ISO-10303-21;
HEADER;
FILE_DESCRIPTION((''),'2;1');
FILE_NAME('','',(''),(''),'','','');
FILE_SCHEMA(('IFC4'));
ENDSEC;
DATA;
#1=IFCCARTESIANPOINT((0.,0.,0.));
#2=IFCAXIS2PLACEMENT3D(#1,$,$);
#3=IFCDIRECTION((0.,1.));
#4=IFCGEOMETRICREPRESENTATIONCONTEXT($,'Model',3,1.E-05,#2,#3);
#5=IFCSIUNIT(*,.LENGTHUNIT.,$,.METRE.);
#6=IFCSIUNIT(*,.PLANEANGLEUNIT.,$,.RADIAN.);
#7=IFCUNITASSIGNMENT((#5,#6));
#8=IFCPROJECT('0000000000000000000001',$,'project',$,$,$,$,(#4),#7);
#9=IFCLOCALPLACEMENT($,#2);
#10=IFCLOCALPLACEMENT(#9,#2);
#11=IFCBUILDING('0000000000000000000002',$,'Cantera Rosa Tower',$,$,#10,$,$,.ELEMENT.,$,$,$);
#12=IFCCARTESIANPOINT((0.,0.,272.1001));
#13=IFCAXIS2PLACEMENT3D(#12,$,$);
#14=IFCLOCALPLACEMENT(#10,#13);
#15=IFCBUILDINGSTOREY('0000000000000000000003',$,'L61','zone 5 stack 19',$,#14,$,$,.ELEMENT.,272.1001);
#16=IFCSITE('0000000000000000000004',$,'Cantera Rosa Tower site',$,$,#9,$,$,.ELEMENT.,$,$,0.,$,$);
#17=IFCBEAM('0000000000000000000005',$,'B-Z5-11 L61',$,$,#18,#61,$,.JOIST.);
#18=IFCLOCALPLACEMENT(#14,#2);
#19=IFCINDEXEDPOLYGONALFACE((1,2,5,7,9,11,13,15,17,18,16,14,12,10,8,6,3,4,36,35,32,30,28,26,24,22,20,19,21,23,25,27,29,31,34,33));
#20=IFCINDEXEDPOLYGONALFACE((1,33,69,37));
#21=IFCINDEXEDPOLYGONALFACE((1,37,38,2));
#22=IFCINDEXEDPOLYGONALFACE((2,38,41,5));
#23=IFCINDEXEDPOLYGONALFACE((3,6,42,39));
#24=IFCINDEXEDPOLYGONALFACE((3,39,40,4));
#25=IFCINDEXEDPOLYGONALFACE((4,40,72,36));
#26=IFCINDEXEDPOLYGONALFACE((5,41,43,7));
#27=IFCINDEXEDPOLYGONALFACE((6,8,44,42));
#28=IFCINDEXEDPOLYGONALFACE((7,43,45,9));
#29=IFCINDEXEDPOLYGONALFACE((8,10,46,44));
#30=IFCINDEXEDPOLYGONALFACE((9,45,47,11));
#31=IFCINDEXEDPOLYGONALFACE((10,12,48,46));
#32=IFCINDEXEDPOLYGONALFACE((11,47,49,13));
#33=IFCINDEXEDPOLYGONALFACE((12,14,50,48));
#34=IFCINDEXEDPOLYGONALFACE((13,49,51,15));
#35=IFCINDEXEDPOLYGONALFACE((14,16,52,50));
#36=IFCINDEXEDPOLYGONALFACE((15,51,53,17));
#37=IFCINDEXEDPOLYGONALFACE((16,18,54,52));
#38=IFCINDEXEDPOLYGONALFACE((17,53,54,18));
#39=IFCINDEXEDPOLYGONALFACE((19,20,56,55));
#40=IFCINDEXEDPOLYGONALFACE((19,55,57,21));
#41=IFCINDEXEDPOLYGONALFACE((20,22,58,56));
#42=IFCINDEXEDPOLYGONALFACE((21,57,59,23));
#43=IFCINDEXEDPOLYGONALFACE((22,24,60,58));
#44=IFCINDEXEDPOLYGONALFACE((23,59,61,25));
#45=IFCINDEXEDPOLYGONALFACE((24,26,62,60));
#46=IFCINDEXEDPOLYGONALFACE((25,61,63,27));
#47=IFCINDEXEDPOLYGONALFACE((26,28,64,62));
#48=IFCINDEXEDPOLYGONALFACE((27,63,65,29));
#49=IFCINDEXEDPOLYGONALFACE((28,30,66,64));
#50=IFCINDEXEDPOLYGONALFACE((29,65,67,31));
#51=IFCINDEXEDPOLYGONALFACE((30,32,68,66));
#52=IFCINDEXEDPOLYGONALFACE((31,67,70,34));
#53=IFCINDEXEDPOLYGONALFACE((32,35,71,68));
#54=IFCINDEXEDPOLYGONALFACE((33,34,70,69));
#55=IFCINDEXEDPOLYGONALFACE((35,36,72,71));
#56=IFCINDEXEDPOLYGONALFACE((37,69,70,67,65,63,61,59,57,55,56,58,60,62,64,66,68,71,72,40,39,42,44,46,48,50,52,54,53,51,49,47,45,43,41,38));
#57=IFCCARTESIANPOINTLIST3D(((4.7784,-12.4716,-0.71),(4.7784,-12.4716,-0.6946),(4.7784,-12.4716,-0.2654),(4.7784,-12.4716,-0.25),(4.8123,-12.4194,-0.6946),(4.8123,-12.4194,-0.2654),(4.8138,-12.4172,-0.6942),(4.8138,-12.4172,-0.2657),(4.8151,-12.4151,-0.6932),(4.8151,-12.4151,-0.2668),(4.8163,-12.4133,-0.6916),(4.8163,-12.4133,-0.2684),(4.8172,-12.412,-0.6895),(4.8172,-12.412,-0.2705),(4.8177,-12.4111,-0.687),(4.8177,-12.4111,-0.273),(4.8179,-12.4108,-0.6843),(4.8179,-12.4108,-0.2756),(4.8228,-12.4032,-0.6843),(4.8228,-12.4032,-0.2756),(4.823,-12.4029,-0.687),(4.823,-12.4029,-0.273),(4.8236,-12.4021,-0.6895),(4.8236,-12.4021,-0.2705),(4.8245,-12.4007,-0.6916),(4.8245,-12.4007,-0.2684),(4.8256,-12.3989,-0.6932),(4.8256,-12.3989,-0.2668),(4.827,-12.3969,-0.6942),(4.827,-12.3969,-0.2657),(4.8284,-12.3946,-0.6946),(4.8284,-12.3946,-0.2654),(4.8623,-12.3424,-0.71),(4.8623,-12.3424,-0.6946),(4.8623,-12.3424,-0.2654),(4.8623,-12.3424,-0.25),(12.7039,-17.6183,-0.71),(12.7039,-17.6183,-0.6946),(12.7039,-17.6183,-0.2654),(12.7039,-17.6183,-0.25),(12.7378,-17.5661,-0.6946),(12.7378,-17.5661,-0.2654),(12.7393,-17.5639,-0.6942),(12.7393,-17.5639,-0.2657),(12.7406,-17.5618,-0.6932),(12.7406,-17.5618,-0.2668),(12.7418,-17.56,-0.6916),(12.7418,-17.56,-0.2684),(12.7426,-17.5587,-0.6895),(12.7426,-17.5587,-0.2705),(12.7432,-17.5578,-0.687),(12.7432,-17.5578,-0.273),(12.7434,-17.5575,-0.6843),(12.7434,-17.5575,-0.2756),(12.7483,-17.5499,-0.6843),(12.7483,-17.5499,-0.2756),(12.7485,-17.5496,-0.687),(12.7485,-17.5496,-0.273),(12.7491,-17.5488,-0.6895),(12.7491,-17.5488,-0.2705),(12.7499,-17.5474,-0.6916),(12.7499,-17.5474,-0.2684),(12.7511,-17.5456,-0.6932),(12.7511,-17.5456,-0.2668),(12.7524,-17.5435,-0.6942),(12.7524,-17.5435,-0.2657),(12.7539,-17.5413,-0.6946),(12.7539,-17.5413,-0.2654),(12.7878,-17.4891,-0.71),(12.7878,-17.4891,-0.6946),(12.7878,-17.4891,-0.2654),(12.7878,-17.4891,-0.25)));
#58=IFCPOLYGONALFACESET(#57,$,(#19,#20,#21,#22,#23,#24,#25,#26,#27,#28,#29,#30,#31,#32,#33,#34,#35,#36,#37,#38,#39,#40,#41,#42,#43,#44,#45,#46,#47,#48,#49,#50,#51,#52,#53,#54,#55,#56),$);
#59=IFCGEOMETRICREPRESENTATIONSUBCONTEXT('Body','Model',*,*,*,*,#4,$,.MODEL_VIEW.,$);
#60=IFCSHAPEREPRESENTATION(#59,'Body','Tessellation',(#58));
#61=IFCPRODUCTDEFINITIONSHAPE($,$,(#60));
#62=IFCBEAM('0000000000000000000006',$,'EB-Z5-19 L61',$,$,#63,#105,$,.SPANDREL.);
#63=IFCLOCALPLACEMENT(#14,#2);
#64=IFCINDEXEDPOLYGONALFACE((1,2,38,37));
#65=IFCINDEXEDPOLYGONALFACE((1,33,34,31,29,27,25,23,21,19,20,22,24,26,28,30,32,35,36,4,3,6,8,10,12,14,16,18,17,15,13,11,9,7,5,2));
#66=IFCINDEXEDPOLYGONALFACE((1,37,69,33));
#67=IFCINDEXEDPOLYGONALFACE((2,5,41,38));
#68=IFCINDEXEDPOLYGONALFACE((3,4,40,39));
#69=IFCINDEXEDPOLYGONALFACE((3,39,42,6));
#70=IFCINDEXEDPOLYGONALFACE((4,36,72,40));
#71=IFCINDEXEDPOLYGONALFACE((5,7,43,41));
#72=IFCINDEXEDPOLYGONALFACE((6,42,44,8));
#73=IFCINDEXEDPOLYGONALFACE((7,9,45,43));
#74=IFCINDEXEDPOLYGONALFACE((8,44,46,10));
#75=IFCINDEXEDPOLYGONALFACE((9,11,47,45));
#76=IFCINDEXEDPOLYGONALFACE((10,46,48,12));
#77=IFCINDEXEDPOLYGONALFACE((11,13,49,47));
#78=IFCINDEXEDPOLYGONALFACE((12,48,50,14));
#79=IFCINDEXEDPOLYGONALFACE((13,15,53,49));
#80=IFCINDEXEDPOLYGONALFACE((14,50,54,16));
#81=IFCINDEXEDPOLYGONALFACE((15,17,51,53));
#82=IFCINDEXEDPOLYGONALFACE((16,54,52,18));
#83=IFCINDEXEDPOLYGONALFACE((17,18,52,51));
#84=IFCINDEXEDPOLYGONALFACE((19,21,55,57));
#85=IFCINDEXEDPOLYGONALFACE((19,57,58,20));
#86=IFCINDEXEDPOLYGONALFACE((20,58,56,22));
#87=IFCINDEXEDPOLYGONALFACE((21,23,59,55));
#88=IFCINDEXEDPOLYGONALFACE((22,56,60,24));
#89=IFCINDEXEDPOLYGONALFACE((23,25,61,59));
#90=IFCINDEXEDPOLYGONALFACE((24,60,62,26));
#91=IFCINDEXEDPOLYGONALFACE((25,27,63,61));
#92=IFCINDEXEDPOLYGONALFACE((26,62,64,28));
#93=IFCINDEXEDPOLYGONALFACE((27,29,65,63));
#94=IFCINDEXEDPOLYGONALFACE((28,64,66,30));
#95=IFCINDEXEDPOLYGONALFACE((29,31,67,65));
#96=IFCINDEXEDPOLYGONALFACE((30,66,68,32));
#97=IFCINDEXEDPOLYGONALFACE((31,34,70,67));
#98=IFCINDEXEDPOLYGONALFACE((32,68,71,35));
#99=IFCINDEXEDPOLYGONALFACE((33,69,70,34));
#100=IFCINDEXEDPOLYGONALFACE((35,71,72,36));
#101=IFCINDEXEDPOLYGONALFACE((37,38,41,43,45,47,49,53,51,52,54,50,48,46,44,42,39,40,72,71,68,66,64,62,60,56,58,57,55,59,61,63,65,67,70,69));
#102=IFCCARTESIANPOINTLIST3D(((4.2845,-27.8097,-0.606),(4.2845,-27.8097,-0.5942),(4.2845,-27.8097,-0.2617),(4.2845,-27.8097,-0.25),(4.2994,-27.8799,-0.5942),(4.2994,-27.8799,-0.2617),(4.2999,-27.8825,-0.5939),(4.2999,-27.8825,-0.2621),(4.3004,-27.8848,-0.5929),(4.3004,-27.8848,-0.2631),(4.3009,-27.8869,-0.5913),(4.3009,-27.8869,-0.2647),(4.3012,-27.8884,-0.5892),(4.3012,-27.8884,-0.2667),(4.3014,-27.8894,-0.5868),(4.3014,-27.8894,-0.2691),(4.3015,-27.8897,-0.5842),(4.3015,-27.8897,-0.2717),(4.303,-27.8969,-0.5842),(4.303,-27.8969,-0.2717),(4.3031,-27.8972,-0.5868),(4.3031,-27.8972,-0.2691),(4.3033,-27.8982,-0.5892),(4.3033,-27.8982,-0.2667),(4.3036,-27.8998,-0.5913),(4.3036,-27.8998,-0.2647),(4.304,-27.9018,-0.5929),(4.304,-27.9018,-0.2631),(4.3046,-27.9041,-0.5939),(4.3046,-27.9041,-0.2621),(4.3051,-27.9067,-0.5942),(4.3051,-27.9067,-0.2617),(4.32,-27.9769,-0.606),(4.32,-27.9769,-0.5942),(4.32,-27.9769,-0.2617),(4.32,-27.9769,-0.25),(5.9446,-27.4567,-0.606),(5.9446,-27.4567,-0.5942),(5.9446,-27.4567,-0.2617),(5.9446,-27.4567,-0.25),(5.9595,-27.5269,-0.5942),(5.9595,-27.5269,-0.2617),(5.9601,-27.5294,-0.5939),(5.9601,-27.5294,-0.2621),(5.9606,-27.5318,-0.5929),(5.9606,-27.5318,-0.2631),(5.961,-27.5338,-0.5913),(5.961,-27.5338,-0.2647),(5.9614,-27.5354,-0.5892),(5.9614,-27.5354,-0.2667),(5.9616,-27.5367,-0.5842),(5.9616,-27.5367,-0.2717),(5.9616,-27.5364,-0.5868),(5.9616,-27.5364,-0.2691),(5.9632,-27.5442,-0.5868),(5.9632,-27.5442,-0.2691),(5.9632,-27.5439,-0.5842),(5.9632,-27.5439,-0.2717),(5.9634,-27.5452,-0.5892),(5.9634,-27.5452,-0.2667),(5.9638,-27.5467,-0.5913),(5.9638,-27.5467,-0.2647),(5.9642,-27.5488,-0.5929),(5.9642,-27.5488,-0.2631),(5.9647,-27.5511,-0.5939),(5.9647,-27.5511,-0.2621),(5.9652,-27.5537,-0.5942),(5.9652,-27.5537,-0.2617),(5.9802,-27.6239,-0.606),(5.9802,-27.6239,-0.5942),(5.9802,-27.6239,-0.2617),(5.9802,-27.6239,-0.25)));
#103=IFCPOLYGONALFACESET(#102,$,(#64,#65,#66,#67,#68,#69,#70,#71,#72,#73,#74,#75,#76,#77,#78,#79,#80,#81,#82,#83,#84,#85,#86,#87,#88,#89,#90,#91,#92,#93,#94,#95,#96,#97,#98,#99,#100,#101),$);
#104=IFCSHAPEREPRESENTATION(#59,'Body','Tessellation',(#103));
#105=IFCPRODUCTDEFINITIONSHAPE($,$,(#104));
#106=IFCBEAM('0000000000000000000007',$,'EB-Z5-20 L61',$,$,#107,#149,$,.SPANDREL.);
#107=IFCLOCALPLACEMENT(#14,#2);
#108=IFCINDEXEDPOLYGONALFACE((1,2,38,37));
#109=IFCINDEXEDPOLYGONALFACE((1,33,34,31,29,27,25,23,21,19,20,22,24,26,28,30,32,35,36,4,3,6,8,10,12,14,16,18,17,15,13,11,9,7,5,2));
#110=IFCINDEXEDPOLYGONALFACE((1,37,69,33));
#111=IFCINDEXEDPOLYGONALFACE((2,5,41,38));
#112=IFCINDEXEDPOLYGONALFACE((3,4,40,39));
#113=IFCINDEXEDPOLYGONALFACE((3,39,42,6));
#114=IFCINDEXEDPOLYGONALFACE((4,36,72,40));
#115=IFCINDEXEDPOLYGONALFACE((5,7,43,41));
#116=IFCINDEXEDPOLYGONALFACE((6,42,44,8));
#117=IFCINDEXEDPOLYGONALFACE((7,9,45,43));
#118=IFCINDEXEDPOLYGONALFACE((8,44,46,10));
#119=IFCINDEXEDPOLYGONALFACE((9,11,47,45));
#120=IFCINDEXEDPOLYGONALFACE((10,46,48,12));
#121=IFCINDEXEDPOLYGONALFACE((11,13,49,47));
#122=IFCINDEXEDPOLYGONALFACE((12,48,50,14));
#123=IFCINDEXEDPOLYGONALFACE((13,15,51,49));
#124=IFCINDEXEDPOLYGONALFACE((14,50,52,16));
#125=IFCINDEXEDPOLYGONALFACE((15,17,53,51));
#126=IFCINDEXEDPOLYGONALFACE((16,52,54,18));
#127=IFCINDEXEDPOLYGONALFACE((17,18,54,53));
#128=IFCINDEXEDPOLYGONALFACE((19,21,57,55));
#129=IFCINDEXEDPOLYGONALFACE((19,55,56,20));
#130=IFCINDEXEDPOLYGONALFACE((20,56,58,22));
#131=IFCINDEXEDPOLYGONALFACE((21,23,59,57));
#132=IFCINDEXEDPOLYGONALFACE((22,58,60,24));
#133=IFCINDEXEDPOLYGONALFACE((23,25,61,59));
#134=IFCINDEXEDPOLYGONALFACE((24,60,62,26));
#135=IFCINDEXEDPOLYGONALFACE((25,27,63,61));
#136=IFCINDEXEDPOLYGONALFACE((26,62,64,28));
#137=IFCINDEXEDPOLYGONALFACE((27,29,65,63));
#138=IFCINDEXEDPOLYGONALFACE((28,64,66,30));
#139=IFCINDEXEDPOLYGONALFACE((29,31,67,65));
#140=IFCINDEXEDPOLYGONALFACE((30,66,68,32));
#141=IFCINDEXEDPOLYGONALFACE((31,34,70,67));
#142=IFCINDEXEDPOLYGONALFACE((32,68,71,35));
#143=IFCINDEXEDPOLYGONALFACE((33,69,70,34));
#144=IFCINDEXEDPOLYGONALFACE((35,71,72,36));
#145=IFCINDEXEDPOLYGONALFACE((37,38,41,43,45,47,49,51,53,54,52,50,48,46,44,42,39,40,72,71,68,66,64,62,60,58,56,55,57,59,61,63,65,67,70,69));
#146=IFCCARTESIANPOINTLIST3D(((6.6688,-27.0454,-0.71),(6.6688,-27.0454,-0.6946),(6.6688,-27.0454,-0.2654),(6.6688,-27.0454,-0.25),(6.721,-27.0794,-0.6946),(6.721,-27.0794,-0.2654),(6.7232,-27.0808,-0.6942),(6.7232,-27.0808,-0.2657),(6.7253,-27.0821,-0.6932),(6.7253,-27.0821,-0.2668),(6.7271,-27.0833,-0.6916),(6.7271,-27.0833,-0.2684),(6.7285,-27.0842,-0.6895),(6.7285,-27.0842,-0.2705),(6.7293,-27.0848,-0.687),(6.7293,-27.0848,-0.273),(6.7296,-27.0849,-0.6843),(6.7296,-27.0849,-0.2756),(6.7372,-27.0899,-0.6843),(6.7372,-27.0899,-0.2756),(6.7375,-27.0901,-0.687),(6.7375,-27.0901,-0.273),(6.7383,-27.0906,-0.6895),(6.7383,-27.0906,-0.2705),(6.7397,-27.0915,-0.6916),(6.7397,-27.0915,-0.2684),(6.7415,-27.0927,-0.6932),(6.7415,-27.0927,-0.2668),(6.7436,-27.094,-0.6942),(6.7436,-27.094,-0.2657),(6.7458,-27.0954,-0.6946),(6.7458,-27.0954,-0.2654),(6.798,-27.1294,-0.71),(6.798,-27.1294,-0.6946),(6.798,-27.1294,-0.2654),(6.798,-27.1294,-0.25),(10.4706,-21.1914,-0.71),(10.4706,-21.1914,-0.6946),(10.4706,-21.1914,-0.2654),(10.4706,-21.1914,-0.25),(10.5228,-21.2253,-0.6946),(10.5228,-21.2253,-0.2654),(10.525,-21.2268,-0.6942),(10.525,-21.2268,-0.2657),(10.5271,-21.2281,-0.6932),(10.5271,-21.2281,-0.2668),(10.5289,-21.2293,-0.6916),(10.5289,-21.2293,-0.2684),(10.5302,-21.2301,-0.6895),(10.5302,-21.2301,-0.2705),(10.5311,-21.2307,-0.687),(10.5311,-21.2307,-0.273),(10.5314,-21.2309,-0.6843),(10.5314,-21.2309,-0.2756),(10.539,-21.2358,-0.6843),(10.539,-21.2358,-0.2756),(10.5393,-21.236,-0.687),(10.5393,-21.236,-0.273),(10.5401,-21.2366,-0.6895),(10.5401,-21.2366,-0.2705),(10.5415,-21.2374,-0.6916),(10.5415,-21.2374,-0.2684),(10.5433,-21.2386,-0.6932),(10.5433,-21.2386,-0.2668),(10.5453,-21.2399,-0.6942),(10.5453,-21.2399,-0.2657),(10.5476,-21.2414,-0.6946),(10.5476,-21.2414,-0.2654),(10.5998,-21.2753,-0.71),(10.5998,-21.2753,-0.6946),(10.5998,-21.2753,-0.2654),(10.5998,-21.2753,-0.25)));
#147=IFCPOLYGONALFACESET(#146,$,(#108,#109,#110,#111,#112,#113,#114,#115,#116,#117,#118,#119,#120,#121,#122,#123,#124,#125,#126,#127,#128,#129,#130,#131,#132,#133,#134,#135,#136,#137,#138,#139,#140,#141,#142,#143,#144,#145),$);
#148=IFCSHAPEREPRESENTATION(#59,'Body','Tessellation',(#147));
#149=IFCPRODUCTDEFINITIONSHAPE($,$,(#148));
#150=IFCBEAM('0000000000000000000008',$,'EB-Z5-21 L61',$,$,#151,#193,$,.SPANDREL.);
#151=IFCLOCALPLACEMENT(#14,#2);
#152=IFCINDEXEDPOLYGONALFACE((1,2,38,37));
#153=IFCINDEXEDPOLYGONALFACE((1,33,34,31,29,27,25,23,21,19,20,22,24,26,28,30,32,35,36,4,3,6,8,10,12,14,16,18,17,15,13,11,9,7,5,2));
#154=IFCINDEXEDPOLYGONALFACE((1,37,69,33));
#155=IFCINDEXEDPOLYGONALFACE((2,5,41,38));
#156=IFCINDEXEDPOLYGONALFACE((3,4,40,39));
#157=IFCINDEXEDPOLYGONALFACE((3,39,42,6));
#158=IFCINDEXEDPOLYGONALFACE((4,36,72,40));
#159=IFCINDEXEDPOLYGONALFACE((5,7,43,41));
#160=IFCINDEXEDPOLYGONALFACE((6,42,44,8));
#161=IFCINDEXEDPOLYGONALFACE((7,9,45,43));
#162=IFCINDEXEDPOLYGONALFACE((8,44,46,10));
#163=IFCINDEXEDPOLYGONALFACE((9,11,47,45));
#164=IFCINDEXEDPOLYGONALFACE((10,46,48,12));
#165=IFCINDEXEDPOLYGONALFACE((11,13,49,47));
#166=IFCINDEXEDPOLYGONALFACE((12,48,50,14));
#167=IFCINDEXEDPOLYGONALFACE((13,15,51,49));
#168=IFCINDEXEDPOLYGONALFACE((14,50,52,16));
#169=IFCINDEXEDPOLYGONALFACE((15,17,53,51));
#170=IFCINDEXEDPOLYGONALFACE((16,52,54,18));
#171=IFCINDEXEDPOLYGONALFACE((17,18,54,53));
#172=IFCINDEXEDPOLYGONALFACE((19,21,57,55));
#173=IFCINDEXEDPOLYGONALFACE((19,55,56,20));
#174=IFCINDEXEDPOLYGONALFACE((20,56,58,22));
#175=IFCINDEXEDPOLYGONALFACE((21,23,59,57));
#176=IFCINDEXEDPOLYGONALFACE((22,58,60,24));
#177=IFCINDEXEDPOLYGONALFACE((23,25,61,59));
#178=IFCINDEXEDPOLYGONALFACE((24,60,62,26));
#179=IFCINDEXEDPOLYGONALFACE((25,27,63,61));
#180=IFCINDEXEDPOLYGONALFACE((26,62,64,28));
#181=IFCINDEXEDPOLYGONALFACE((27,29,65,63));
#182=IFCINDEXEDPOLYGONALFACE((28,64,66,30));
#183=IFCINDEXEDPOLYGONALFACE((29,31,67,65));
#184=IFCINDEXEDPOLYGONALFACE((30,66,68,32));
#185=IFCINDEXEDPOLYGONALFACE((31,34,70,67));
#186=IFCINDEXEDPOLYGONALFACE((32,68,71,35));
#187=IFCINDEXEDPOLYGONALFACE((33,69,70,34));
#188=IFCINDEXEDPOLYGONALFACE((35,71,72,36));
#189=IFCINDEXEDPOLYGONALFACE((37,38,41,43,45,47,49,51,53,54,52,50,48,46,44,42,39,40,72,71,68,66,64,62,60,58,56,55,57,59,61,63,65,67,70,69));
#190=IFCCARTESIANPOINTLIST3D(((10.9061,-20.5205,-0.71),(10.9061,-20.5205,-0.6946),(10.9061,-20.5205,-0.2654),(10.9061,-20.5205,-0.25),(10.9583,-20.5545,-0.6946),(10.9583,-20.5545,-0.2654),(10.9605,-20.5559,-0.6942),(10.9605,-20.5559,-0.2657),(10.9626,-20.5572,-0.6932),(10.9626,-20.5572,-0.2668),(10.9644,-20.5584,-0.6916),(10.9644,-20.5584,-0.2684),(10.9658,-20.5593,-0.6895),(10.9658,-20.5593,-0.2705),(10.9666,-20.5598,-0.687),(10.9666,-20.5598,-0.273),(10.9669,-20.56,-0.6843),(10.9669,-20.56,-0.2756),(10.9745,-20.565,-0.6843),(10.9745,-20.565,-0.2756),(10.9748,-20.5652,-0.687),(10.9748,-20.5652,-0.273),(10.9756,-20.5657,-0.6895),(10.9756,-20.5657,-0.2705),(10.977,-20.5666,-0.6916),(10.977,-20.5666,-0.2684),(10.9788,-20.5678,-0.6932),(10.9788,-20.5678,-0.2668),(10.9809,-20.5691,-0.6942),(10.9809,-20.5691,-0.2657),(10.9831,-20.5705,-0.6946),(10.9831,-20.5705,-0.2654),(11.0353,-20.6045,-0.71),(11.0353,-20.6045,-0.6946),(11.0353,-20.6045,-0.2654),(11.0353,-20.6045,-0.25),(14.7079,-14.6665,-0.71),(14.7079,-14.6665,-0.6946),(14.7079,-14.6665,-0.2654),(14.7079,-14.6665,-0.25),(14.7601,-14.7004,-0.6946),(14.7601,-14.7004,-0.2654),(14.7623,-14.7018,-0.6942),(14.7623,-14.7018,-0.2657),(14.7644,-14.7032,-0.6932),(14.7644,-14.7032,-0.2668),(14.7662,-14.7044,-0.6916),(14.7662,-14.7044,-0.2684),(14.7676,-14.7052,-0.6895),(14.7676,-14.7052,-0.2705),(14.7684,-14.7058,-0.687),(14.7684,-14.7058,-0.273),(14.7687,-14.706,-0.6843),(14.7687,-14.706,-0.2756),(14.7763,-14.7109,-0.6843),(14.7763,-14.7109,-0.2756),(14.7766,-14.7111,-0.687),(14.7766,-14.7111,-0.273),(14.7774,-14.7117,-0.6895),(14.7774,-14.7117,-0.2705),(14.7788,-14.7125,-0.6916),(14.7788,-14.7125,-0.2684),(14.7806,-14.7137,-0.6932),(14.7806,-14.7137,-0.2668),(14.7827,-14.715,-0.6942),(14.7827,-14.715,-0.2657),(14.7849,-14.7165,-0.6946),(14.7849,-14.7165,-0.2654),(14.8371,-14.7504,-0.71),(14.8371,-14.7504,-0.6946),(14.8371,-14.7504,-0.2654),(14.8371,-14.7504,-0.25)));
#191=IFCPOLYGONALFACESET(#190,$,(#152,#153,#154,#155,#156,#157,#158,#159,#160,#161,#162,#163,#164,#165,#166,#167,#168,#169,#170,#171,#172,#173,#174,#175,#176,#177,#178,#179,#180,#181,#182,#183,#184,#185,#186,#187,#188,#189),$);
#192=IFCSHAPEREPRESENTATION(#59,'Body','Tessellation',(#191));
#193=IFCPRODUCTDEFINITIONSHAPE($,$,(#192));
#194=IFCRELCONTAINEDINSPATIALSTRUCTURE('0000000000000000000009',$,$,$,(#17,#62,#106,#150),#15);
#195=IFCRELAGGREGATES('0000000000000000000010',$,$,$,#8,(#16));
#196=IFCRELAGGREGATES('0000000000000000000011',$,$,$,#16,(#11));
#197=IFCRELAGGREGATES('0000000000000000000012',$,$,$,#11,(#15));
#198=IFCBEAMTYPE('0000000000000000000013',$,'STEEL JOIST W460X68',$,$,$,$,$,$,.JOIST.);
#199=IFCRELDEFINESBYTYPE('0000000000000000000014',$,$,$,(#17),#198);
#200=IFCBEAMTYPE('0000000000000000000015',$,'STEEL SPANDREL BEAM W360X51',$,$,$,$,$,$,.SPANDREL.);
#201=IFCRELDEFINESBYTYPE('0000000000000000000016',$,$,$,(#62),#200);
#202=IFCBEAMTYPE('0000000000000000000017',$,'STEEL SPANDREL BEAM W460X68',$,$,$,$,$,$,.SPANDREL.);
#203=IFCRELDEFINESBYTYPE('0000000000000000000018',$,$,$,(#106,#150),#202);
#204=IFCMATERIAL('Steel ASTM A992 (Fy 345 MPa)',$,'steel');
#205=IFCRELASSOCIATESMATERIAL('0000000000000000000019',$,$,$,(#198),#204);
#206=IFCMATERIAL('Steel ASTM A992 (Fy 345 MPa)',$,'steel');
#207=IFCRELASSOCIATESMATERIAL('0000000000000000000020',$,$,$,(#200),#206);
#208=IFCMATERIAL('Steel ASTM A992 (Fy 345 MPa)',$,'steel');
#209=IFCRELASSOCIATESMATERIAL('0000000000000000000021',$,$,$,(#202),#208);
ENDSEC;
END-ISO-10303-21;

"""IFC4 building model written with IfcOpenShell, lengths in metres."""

from ifc_helpers import new_model, si_unit, direction, frame, origin, origin_2d, place, context, subcontext, project, spatial, i_section, extrude, material, material_profile, profile_set, type_object, element, save


model = new_model("IFC4")

# Units and contexts
model_context = context("Model", 3, precision=1e-05, world=origin(), true_north=direction((0.0, 1.0)))
body_context = subcontext(model_context, "Body", "Model", "MODEL_VIEW")
ifc_project = project(units=[si_unit("LENGTHUNIT", "METRE"), si_unit("PLANEANGLEUNIT", "RADIAN")], contexts=[model_context])

# Site, building, storey
site_placement = place(None, origin())
site = spatial("IfcSite", under=ifc_project, at=site_placement, Name="Cantera Rosa Tower site", CompositionType="ELEMENT", RefElevation=0.0)
building_placement = place(site_placement, origin())
building = spatial("IfcBuilding", under=site, at=building_placement, Name="Cantera Rosa Tower", CompositionType="ELEMENT")
storey_placement = place(building_placement, frame((0.0, 0.0, 272.1001)))
storey = spatial("IfcBuildingStorey", under=building, at=storey_placement, Name="L61", Description="zone 5 stack 19", CompositionType="ELEMENT", Elevation=272.1001)

# Beams
ifc_material_1 = material(Name="Steel ASTM A992 (Fy 345 MPa)", Category="steel")
ifc_material_profile_1 = material_profile(ifc_material_1, i_section(OverallWidth=0.1541, OverallDepth=0.46, WebThickness=0.009, FlangeThickness=0.0154, FilletRadius=0.0103, at=origin_2d()), Name="W460X68")
ifc_profile_set_1 = profile_set([ifc_material_profile_1], Name="Steel ASTM A992 (Fy 345 MPa)")
beam_type_1 = type_object("IfcBeamType", Name="STEEL JOIST W460X68", PredefinedType="JOIST", material=ifc_profile_set_1)
beam_1_placement = place(storey_placement, frame((12.7458, -17.5537, -0.48), z_axis=(-0.838679, 0.544626, 0.0), x_axis=(-0.544626, -0.838679, 0.0)))
element("IfcBeam", 1, at=beam_1_placement, inside=storey, type_object=beam_type_1, Name="B-Z5-11 L61", PredefinedType="JOIST", context=body_context, shape_type="SweptSolid", body=[
    extrude(i_section(OverallWidth=0.1541, OverallDepth=0.46, WebThickness=0.009, FlangeThickness=0.0154, FilletRadius=0.0103, at=origin_2d()), origin(), (0.0, 0.0, 1.0), 9.45),
])
ifc_material_2 = material(Name="Steel ASTM A992 (Fy 345 MPa)", Category="steel")
ifc_material_profile_2 = material_profile(ifc_material_2, i_section(OverallWidth=0.1709, OverallDepth=0.356, WebThickness=0.0073, FlangeThickness=0.0117, FilletRadius=0.01, at=origin_2d()), Name="W360X51")
ifc_profile_set_2 = profile_set([ifc_material_profile_2], Name="Steel ASTM A992 (Fy 345 MPa)")
beam_type_2 = type_object("IfcBeamType", Name="STEEL SPANDREL BEAM W360X51", PredefinedType="SPANDREL", material=ifc_profile_set_2)
beam_2_placement = place(storey_placement, frame((4.3022, -27.8933, -0.428), z_axis=(0.97813, 0.207996, 0.0), x_axis=(-0.207996, 0.97813, 0.0)))
element("IfcBeam", 2, at=beam_2_placement, inside=storey, type_object=beam_type_2, Name="EB-Z5-19 L61", PredefinedType="SPANDREL", context=body_context, shape_type="SweptSolid", body=[
    extrude(i_section(OverallWidth=0.1709, OverallDepth=0.356, WebThickness=0.0073, FlangeThickness=0.0117, FilletRadius=0.01, at=origin_2d()), origin(), (0.0, 0.0, 1.0), 1.6973),
])
ifc_material_3 = material(Name="Steel ASTM A992 (Fy 345 MPa)", Category="steel")
ifc_material_profile_3 = material_profile(ifc_material_3, i_section(OverallWidth=0.1541, OverallDepth=0.46, WebThickness=0.009, FlangeThickness=0.0154, FilletRadius=0.0103, at=origin_2d()), Name="W460X68")
ifc_profile_set_3 = profile_set([ifc_material_profile_3], Name="Steel ASTM A992 (Fy 345 MPa)")
beam_type_3 = type_object("IfcBeamType", Name="STEEL SPANDREL BEAM W460X68", PredefinedType="SPANDREL", material=ifc_profile_set_3)
for number, where, z_axis, x_axis, name in (
    (3, (6.7334, -27.0874, -0.48), (0.544651, 0.838663, 0.0), (-0.838663, 0.544651, 0.0), "EB-Z5-20 L61"),
    (4, (10.9707, -20.5625, -0.48), (0.544651, 0.838663, 0.0), (-0.838663, 0.544651, 0.0), "EB-Z5-21 L61"),
):
    element("IfcBeam", number, at=place(storey_placement, frame(where, z_axis=z_axis, x_axis=x_axis)), inside=storey, type_object=beam_type_3, Name=name, PredefinedType="SPANDREL", context=body_context, shape_type="SweptSolid", body=[
        extrude(i_section(OverallWidth=0.1541, OverallDepth=0.46, WebThickness=0.009, FlangeThickness=0.0154, FilletRadius=0.0103, at=origin_2d()), origin(), (0.0, 0.0, 1.0), 6.9802),
    ])

save(model, "model.ifc")
